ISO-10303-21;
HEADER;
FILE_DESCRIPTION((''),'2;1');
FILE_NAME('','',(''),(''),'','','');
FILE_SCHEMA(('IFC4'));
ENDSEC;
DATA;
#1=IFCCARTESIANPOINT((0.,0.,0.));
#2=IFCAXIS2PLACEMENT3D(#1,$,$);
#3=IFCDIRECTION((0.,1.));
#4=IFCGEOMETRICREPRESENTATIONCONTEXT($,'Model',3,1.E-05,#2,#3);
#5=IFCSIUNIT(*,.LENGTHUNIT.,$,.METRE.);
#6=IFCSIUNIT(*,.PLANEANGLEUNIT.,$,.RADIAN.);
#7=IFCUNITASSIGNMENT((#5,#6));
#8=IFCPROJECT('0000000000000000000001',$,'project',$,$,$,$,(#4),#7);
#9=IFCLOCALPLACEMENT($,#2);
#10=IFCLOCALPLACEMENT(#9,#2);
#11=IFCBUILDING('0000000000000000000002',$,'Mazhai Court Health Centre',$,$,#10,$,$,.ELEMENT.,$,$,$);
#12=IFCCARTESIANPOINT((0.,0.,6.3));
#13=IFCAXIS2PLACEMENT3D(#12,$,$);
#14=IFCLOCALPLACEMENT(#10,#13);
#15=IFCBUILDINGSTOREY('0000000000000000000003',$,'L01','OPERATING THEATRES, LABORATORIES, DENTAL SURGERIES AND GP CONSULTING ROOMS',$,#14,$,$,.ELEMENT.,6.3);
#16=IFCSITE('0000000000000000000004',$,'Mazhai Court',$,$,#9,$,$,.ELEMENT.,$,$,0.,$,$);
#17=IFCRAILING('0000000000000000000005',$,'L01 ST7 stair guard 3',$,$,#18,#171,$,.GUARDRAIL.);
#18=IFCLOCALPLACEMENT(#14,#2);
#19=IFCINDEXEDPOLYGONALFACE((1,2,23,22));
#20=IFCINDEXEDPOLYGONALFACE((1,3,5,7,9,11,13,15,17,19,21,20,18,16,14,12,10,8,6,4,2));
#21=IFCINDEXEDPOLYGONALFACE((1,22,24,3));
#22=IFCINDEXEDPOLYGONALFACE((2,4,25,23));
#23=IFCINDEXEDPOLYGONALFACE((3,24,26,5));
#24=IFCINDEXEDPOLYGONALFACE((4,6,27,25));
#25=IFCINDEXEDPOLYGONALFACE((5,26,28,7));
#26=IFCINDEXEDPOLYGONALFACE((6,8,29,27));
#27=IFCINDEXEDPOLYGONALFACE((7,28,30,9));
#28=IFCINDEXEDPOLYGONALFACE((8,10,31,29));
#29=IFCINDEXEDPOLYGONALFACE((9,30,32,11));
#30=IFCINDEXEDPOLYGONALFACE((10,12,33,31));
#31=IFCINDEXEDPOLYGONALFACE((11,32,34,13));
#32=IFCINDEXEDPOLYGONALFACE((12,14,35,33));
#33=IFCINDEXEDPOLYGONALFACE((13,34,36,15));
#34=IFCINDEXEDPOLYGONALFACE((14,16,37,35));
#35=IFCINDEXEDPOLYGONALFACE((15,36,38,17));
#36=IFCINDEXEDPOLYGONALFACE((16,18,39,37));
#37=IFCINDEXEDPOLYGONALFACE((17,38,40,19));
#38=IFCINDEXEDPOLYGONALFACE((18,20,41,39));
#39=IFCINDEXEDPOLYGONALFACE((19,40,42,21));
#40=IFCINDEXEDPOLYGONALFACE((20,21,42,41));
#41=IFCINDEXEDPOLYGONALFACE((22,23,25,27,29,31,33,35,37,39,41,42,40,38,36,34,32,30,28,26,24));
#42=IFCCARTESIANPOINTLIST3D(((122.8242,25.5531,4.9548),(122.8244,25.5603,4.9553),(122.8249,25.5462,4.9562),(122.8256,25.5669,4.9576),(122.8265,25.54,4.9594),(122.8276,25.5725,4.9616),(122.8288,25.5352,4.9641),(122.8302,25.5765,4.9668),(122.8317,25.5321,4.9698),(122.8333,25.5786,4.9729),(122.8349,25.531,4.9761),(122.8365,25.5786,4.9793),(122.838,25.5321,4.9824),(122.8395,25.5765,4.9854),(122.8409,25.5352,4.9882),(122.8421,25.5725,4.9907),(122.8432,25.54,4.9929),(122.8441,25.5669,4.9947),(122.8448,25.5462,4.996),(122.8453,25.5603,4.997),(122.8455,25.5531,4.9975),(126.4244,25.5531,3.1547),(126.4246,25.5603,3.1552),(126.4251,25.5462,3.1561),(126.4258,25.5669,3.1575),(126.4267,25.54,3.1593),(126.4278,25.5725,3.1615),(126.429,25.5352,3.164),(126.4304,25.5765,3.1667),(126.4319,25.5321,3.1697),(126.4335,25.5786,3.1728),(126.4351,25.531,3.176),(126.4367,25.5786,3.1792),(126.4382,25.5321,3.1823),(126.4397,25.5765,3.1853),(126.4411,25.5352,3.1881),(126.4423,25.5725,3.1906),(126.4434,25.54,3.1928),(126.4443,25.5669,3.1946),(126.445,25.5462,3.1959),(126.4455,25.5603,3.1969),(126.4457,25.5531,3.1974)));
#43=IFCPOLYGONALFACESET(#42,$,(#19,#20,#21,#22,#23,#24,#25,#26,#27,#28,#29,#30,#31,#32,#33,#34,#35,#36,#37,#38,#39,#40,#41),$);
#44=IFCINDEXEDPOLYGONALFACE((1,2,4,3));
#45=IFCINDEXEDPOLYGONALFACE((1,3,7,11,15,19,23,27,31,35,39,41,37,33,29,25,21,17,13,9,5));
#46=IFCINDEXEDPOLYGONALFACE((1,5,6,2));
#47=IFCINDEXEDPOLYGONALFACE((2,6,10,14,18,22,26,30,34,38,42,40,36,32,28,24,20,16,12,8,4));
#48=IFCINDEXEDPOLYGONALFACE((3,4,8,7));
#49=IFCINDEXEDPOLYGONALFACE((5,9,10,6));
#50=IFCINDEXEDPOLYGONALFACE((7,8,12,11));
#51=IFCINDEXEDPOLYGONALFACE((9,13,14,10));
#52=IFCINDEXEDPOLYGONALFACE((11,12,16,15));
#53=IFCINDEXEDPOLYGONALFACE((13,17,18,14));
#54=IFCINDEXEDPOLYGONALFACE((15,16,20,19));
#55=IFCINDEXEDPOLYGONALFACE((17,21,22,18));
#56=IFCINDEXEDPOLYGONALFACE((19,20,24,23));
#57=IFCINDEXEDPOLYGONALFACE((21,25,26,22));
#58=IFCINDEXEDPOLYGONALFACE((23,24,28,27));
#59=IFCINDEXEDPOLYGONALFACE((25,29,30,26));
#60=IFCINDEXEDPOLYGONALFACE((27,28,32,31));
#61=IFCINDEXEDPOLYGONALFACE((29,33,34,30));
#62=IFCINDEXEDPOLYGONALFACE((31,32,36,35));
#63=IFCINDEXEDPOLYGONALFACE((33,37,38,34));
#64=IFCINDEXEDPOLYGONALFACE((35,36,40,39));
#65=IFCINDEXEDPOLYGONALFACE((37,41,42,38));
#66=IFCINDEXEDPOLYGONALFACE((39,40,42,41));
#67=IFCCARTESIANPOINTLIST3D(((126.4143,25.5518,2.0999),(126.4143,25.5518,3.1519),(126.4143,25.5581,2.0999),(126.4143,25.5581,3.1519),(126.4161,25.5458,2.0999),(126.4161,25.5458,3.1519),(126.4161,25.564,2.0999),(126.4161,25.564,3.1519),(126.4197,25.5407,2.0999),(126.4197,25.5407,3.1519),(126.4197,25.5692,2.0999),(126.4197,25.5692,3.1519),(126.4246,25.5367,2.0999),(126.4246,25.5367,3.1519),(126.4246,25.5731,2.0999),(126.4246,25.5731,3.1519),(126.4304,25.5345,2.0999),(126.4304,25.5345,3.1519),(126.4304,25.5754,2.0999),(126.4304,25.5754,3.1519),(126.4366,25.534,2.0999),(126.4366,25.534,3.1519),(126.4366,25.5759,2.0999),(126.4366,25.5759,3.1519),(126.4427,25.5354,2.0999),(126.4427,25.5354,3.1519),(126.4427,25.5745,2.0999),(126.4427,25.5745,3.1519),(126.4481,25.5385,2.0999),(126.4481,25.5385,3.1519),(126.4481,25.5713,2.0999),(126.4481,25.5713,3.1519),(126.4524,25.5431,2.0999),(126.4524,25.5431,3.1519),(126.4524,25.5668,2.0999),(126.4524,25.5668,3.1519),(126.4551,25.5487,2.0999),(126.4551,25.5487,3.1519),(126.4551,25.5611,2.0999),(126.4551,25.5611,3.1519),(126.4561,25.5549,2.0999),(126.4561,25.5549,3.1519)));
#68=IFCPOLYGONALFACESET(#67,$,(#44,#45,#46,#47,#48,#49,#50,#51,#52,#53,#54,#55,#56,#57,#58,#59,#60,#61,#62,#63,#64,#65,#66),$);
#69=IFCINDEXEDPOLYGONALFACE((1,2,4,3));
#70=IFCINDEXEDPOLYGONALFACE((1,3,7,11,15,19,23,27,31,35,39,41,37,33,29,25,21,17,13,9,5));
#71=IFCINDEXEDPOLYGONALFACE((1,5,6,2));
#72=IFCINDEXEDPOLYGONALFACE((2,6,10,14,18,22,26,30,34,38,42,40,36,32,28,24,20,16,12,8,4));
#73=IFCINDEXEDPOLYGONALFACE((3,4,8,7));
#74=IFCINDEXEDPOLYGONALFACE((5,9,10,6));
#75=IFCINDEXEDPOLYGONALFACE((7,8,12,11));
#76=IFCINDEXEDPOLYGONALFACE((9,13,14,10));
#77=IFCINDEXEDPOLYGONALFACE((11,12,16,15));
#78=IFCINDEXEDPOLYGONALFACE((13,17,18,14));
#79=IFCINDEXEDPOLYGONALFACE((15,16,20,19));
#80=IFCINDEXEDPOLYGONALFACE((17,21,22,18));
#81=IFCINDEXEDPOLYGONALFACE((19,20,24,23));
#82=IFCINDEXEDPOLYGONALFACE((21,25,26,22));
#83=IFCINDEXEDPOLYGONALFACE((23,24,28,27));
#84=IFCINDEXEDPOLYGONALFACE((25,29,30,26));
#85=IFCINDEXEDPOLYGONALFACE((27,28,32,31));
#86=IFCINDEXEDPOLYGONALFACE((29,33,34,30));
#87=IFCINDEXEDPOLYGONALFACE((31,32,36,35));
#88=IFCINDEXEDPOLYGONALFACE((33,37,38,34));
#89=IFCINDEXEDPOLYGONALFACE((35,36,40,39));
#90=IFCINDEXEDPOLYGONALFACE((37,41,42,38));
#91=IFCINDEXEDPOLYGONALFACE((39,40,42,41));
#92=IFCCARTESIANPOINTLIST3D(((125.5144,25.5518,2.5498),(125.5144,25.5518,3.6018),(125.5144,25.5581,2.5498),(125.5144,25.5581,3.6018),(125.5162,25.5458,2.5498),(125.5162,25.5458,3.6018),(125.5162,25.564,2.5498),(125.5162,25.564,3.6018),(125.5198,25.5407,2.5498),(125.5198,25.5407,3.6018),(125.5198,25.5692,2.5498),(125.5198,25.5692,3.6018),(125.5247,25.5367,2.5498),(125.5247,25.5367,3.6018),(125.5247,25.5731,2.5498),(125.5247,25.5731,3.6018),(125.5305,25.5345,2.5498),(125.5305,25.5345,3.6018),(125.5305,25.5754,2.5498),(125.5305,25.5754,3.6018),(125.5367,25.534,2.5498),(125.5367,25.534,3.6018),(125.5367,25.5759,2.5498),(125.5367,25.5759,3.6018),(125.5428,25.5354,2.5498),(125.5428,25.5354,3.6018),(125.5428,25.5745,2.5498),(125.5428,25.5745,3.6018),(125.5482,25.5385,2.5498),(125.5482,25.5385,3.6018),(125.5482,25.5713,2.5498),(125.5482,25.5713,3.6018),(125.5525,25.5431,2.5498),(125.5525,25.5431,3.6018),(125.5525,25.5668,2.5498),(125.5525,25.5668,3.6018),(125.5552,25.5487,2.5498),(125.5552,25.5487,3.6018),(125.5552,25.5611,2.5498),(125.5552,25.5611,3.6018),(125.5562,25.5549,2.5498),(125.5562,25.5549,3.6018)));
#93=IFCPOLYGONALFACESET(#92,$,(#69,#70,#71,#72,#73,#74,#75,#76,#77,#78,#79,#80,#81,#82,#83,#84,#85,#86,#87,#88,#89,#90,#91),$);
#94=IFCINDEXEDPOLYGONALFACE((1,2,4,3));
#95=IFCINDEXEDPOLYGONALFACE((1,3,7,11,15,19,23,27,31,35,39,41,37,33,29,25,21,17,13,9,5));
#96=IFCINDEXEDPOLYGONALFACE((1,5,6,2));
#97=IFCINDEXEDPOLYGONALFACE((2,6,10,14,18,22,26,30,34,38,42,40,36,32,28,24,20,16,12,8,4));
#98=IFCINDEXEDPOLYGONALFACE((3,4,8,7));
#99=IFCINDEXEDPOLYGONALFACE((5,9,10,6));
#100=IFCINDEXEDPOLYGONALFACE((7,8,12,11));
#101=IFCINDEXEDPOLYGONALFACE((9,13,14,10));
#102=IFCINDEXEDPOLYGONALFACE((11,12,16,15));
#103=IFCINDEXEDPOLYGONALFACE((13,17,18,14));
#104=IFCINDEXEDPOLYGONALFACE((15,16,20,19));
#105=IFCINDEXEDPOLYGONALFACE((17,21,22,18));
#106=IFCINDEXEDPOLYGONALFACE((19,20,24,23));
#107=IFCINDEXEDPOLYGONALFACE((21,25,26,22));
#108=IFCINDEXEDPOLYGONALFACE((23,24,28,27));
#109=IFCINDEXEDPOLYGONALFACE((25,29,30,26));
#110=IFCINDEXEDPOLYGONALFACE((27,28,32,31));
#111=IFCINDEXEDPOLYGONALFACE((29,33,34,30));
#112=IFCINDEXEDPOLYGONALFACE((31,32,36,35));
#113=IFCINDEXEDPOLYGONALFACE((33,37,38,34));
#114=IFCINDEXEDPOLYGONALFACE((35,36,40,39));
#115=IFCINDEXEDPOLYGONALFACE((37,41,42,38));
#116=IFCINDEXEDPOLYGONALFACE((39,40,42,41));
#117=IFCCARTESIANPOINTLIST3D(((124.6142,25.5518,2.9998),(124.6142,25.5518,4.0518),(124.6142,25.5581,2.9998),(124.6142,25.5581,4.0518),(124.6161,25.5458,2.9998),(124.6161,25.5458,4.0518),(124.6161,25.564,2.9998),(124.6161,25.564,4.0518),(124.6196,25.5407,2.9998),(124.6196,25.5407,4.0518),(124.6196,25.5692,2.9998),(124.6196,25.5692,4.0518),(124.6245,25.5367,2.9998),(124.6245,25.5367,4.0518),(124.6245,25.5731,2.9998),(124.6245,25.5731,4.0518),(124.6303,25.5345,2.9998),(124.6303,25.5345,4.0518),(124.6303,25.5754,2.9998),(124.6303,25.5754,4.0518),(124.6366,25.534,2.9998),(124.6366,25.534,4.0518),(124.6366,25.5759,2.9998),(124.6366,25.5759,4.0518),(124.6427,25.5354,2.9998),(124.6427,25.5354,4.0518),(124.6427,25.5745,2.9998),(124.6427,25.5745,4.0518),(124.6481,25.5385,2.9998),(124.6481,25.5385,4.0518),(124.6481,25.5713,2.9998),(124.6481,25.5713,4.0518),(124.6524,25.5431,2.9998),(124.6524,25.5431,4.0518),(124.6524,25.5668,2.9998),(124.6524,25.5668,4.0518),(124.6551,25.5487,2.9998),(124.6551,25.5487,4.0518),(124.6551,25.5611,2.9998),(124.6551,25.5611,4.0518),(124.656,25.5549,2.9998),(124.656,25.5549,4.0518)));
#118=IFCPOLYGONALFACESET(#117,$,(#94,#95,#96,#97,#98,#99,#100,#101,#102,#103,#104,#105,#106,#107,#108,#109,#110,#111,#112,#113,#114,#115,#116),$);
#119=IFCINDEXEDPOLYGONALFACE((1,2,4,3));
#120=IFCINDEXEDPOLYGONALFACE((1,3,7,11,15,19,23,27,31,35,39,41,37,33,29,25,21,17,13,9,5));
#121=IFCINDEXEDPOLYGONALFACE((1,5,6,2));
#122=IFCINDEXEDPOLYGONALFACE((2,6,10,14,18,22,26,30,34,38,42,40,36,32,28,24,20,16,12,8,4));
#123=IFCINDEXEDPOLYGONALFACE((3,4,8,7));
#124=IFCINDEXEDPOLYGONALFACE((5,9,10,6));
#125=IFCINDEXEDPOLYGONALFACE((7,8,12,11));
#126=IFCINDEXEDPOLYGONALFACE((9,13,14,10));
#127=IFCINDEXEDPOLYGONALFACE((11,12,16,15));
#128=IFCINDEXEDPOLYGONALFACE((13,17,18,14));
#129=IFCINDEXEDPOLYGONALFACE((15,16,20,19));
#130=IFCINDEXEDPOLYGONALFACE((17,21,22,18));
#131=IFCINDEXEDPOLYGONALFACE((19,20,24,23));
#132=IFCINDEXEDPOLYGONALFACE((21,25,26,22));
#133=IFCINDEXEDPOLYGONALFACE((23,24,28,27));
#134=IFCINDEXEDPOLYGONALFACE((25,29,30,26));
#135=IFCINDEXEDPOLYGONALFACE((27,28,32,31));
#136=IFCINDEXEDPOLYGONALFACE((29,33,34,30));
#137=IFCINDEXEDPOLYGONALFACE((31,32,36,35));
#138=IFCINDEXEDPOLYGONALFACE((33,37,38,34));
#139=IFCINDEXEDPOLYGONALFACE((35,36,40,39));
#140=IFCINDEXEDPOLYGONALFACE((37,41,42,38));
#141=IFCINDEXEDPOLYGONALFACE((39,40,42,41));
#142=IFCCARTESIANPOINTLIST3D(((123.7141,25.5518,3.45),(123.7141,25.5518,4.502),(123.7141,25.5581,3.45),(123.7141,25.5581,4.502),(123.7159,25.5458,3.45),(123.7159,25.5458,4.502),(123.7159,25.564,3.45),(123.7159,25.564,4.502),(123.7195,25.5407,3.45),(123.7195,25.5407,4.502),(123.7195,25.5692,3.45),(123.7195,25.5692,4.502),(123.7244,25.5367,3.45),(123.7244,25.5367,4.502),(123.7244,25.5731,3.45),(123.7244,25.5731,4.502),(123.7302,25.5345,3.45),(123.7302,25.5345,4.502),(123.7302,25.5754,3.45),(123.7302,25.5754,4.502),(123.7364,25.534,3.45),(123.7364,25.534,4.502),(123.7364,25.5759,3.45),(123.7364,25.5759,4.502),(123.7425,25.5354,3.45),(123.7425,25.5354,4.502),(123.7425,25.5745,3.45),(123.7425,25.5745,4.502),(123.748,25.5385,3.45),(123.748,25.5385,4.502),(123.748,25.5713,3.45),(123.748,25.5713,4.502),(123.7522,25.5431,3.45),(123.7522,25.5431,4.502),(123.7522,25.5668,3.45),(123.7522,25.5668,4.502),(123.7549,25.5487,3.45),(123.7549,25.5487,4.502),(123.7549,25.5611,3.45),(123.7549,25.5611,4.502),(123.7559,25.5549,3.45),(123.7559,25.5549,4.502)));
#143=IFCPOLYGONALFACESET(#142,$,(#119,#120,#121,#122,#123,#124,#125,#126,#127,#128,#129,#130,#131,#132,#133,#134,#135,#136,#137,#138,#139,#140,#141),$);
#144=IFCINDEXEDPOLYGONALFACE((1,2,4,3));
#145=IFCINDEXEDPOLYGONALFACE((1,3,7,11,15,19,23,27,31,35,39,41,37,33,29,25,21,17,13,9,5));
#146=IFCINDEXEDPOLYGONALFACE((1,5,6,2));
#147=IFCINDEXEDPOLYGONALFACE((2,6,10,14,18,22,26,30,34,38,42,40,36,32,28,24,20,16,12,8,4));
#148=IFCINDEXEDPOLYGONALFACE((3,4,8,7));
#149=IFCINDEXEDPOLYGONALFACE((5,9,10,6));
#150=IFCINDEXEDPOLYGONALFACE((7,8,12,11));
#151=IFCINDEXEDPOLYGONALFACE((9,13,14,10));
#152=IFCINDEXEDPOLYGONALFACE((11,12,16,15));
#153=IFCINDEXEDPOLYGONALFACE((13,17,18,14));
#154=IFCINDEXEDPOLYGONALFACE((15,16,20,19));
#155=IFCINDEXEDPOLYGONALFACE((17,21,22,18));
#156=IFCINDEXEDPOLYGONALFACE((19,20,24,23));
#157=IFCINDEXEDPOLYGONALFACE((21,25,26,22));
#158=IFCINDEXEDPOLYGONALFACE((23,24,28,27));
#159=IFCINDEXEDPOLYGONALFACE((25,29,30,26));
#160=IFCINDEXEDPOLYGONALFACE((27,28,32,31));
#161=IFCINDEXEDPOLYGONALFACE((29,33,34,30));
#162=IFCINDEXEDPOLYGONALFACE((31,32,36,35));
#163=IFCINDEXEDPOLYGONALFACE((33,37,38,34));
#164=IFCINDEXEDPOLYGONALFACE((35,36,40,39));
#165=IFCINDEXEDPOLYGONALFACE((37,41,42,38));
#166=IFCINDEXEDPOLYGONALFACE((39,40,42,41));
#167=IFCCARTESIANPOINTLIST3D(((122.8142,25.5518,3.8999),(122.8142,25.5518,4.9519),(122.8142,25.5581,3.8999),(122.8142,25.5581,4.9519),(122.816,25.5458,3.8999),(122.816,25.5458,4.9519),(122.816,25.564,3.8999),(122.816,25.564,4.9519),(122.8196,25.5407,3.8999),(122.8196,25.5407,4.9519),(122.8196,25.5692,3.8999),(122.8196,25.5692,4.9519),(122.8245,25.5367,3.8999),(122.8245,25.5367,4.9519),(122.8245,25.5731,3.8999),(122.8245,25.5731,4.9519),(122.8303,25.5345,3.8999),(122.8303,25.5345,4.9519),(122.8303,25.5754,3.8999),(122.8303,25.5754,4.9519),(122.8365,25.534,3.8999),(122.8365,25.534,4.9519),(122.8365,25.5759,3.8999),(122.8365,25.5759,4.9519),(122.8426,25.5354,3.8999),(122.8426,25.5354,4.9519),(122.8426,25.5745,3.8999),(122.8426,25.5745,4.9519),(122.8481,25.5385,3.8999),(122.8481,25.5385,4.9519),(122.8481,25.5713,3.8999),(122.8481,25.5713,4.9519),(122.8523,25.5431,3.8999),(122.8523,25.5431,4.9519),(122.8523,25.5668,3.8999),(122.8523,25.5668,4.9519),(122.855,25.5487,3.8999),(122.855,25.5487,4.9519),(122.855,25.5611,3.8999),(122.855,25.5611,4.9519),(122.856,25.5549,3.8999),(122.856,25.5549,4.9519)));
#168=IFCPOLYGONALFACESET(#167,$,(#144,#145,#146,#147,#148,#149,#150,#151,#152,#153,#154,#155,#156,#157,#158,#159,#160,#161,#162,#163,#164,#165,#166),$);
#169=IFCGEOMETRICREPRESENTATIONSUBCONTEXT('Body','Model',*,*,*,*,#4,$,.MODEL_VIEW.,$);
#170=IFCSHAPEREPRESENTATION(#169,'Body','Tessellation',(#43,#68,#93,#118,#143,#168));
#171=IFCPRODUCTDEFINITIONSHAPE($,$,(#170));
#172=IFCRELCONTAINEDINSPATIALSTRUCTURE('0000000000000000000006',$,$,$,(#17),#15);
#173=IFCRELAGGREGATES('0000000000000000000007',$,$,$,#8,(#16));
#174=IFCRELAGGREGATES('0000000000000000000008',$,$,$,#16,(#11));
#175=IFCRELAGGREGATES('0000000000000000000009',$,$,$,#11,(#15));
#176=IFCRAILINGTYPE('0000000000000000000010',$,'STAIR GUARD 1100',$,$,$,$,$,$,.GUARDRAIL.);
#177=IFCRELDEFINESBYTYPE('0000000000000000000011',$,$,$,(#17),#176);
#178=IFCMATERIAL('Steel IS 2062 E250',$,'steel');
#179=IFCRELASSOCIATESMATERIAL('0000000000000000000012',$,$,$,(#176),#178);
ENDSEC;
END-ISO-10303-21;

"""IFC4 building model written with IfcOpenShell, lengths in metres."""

from ifc_helpers import new_model, si_unit, direction, frame, origin, origin_2d, place, context, subcontext, project, spatial, circle, extrude, material, type_object, element, save


model = new_model("IFC4")

# Units and contexts
model_context = context("Model", 3, precision=1e-05, world=origin(), true_north=direction((0.0, 1.0)))
body_context = subcontext(model_context, "Body", "Model", "MODEL_VIEW")
ifc_project = project(units=[si_unit("LENGTHUNIT", "METRE"), si_unit("PLANEANGLEUNIT", "RADIAN")], contexts=[model_context])

# Site, building, storey
site_placement = place(None, origin())
site = spatial("IfcSite", under=ifc_project, at=site_placement, Name="Mazhai Court", CompositionType="ELEMENT", RefElevation=0.0)
building_placement = place(site_placement, origin())
building = spatial("IfcBuilding", under=site, at=building_placement, Name="Mazhai Court Health Centre", CompositionType="ELEMENT")
storey_placement = place(building_placement, frame((0.0, 0.0, 6.3)))
storey = spatial("IfcBuildingStorey", under=building, at=storey_placement, Name="L01", Description="OPERATING THEATRES, LABORATORIES, DENTAL SURGERIES AND GP CONSULTING ROOMS", CompositionType="ELEMENT", Elevation=6.3)

# Railing
ifc_material_1 = material(Name="Steel IS 2062 E250", Category="steel")
railing_type_1 = type_object("IfcRailingType", Name="STAIR GUARD 1100", PredefinedType="GUARDRAIL", material=ifc_material_1)
railing_1_placement = place(storey_placement, frame((126.4351, 25.5549, 2.0999)))
element("IfcRailing", 1, at=railing_1_placement, inside=storey, type_object=railing_type_1, Name="L01 ST7 stair guard 3", PredefinedType="GUARDRAIL", context=body_context, shape_type="SweptSolid", body=[
    extrude(circle(Radius=0.0239, at=origin_2d()), frame((0.0, 0.0, 1.0762), z_axis=(-0.894427, 0.0, 0.447214), x_axis=(0.0, -1.0, 0.0)), (0.0, 0.0, 1.0), 4.0251),
    extrude(circle(Radius=0.021, at=origin_2d()), origin(), (0.0, 0.0, 1.0), 1.052),
    extrude(circle(Radius=0.021, at=origin_2d()), frame((-0.8999, 0.0, 0.45)), (0.0, 0.0, 1.0), 1.052),
    extrude(circle(Radius=0.021, at=origin_2d()), frame((-1.8, 0.0, 0.8999)), (0.0, 0.0, 1.0), 1.052),
    extrude(circle(Radius=0.021, at=origin_2d()), frame((-2.7002, 0.0, 1.3501)), (0.0, 0.0, 1.0), 1.052),
    extrude(circle(Radius=0.021, at=origin_2d()), frame((-3.6001, 0.0, 1.8)), (0.0, 0.0, 1.0), 1.052),
])

save(model, "model.ifc")
